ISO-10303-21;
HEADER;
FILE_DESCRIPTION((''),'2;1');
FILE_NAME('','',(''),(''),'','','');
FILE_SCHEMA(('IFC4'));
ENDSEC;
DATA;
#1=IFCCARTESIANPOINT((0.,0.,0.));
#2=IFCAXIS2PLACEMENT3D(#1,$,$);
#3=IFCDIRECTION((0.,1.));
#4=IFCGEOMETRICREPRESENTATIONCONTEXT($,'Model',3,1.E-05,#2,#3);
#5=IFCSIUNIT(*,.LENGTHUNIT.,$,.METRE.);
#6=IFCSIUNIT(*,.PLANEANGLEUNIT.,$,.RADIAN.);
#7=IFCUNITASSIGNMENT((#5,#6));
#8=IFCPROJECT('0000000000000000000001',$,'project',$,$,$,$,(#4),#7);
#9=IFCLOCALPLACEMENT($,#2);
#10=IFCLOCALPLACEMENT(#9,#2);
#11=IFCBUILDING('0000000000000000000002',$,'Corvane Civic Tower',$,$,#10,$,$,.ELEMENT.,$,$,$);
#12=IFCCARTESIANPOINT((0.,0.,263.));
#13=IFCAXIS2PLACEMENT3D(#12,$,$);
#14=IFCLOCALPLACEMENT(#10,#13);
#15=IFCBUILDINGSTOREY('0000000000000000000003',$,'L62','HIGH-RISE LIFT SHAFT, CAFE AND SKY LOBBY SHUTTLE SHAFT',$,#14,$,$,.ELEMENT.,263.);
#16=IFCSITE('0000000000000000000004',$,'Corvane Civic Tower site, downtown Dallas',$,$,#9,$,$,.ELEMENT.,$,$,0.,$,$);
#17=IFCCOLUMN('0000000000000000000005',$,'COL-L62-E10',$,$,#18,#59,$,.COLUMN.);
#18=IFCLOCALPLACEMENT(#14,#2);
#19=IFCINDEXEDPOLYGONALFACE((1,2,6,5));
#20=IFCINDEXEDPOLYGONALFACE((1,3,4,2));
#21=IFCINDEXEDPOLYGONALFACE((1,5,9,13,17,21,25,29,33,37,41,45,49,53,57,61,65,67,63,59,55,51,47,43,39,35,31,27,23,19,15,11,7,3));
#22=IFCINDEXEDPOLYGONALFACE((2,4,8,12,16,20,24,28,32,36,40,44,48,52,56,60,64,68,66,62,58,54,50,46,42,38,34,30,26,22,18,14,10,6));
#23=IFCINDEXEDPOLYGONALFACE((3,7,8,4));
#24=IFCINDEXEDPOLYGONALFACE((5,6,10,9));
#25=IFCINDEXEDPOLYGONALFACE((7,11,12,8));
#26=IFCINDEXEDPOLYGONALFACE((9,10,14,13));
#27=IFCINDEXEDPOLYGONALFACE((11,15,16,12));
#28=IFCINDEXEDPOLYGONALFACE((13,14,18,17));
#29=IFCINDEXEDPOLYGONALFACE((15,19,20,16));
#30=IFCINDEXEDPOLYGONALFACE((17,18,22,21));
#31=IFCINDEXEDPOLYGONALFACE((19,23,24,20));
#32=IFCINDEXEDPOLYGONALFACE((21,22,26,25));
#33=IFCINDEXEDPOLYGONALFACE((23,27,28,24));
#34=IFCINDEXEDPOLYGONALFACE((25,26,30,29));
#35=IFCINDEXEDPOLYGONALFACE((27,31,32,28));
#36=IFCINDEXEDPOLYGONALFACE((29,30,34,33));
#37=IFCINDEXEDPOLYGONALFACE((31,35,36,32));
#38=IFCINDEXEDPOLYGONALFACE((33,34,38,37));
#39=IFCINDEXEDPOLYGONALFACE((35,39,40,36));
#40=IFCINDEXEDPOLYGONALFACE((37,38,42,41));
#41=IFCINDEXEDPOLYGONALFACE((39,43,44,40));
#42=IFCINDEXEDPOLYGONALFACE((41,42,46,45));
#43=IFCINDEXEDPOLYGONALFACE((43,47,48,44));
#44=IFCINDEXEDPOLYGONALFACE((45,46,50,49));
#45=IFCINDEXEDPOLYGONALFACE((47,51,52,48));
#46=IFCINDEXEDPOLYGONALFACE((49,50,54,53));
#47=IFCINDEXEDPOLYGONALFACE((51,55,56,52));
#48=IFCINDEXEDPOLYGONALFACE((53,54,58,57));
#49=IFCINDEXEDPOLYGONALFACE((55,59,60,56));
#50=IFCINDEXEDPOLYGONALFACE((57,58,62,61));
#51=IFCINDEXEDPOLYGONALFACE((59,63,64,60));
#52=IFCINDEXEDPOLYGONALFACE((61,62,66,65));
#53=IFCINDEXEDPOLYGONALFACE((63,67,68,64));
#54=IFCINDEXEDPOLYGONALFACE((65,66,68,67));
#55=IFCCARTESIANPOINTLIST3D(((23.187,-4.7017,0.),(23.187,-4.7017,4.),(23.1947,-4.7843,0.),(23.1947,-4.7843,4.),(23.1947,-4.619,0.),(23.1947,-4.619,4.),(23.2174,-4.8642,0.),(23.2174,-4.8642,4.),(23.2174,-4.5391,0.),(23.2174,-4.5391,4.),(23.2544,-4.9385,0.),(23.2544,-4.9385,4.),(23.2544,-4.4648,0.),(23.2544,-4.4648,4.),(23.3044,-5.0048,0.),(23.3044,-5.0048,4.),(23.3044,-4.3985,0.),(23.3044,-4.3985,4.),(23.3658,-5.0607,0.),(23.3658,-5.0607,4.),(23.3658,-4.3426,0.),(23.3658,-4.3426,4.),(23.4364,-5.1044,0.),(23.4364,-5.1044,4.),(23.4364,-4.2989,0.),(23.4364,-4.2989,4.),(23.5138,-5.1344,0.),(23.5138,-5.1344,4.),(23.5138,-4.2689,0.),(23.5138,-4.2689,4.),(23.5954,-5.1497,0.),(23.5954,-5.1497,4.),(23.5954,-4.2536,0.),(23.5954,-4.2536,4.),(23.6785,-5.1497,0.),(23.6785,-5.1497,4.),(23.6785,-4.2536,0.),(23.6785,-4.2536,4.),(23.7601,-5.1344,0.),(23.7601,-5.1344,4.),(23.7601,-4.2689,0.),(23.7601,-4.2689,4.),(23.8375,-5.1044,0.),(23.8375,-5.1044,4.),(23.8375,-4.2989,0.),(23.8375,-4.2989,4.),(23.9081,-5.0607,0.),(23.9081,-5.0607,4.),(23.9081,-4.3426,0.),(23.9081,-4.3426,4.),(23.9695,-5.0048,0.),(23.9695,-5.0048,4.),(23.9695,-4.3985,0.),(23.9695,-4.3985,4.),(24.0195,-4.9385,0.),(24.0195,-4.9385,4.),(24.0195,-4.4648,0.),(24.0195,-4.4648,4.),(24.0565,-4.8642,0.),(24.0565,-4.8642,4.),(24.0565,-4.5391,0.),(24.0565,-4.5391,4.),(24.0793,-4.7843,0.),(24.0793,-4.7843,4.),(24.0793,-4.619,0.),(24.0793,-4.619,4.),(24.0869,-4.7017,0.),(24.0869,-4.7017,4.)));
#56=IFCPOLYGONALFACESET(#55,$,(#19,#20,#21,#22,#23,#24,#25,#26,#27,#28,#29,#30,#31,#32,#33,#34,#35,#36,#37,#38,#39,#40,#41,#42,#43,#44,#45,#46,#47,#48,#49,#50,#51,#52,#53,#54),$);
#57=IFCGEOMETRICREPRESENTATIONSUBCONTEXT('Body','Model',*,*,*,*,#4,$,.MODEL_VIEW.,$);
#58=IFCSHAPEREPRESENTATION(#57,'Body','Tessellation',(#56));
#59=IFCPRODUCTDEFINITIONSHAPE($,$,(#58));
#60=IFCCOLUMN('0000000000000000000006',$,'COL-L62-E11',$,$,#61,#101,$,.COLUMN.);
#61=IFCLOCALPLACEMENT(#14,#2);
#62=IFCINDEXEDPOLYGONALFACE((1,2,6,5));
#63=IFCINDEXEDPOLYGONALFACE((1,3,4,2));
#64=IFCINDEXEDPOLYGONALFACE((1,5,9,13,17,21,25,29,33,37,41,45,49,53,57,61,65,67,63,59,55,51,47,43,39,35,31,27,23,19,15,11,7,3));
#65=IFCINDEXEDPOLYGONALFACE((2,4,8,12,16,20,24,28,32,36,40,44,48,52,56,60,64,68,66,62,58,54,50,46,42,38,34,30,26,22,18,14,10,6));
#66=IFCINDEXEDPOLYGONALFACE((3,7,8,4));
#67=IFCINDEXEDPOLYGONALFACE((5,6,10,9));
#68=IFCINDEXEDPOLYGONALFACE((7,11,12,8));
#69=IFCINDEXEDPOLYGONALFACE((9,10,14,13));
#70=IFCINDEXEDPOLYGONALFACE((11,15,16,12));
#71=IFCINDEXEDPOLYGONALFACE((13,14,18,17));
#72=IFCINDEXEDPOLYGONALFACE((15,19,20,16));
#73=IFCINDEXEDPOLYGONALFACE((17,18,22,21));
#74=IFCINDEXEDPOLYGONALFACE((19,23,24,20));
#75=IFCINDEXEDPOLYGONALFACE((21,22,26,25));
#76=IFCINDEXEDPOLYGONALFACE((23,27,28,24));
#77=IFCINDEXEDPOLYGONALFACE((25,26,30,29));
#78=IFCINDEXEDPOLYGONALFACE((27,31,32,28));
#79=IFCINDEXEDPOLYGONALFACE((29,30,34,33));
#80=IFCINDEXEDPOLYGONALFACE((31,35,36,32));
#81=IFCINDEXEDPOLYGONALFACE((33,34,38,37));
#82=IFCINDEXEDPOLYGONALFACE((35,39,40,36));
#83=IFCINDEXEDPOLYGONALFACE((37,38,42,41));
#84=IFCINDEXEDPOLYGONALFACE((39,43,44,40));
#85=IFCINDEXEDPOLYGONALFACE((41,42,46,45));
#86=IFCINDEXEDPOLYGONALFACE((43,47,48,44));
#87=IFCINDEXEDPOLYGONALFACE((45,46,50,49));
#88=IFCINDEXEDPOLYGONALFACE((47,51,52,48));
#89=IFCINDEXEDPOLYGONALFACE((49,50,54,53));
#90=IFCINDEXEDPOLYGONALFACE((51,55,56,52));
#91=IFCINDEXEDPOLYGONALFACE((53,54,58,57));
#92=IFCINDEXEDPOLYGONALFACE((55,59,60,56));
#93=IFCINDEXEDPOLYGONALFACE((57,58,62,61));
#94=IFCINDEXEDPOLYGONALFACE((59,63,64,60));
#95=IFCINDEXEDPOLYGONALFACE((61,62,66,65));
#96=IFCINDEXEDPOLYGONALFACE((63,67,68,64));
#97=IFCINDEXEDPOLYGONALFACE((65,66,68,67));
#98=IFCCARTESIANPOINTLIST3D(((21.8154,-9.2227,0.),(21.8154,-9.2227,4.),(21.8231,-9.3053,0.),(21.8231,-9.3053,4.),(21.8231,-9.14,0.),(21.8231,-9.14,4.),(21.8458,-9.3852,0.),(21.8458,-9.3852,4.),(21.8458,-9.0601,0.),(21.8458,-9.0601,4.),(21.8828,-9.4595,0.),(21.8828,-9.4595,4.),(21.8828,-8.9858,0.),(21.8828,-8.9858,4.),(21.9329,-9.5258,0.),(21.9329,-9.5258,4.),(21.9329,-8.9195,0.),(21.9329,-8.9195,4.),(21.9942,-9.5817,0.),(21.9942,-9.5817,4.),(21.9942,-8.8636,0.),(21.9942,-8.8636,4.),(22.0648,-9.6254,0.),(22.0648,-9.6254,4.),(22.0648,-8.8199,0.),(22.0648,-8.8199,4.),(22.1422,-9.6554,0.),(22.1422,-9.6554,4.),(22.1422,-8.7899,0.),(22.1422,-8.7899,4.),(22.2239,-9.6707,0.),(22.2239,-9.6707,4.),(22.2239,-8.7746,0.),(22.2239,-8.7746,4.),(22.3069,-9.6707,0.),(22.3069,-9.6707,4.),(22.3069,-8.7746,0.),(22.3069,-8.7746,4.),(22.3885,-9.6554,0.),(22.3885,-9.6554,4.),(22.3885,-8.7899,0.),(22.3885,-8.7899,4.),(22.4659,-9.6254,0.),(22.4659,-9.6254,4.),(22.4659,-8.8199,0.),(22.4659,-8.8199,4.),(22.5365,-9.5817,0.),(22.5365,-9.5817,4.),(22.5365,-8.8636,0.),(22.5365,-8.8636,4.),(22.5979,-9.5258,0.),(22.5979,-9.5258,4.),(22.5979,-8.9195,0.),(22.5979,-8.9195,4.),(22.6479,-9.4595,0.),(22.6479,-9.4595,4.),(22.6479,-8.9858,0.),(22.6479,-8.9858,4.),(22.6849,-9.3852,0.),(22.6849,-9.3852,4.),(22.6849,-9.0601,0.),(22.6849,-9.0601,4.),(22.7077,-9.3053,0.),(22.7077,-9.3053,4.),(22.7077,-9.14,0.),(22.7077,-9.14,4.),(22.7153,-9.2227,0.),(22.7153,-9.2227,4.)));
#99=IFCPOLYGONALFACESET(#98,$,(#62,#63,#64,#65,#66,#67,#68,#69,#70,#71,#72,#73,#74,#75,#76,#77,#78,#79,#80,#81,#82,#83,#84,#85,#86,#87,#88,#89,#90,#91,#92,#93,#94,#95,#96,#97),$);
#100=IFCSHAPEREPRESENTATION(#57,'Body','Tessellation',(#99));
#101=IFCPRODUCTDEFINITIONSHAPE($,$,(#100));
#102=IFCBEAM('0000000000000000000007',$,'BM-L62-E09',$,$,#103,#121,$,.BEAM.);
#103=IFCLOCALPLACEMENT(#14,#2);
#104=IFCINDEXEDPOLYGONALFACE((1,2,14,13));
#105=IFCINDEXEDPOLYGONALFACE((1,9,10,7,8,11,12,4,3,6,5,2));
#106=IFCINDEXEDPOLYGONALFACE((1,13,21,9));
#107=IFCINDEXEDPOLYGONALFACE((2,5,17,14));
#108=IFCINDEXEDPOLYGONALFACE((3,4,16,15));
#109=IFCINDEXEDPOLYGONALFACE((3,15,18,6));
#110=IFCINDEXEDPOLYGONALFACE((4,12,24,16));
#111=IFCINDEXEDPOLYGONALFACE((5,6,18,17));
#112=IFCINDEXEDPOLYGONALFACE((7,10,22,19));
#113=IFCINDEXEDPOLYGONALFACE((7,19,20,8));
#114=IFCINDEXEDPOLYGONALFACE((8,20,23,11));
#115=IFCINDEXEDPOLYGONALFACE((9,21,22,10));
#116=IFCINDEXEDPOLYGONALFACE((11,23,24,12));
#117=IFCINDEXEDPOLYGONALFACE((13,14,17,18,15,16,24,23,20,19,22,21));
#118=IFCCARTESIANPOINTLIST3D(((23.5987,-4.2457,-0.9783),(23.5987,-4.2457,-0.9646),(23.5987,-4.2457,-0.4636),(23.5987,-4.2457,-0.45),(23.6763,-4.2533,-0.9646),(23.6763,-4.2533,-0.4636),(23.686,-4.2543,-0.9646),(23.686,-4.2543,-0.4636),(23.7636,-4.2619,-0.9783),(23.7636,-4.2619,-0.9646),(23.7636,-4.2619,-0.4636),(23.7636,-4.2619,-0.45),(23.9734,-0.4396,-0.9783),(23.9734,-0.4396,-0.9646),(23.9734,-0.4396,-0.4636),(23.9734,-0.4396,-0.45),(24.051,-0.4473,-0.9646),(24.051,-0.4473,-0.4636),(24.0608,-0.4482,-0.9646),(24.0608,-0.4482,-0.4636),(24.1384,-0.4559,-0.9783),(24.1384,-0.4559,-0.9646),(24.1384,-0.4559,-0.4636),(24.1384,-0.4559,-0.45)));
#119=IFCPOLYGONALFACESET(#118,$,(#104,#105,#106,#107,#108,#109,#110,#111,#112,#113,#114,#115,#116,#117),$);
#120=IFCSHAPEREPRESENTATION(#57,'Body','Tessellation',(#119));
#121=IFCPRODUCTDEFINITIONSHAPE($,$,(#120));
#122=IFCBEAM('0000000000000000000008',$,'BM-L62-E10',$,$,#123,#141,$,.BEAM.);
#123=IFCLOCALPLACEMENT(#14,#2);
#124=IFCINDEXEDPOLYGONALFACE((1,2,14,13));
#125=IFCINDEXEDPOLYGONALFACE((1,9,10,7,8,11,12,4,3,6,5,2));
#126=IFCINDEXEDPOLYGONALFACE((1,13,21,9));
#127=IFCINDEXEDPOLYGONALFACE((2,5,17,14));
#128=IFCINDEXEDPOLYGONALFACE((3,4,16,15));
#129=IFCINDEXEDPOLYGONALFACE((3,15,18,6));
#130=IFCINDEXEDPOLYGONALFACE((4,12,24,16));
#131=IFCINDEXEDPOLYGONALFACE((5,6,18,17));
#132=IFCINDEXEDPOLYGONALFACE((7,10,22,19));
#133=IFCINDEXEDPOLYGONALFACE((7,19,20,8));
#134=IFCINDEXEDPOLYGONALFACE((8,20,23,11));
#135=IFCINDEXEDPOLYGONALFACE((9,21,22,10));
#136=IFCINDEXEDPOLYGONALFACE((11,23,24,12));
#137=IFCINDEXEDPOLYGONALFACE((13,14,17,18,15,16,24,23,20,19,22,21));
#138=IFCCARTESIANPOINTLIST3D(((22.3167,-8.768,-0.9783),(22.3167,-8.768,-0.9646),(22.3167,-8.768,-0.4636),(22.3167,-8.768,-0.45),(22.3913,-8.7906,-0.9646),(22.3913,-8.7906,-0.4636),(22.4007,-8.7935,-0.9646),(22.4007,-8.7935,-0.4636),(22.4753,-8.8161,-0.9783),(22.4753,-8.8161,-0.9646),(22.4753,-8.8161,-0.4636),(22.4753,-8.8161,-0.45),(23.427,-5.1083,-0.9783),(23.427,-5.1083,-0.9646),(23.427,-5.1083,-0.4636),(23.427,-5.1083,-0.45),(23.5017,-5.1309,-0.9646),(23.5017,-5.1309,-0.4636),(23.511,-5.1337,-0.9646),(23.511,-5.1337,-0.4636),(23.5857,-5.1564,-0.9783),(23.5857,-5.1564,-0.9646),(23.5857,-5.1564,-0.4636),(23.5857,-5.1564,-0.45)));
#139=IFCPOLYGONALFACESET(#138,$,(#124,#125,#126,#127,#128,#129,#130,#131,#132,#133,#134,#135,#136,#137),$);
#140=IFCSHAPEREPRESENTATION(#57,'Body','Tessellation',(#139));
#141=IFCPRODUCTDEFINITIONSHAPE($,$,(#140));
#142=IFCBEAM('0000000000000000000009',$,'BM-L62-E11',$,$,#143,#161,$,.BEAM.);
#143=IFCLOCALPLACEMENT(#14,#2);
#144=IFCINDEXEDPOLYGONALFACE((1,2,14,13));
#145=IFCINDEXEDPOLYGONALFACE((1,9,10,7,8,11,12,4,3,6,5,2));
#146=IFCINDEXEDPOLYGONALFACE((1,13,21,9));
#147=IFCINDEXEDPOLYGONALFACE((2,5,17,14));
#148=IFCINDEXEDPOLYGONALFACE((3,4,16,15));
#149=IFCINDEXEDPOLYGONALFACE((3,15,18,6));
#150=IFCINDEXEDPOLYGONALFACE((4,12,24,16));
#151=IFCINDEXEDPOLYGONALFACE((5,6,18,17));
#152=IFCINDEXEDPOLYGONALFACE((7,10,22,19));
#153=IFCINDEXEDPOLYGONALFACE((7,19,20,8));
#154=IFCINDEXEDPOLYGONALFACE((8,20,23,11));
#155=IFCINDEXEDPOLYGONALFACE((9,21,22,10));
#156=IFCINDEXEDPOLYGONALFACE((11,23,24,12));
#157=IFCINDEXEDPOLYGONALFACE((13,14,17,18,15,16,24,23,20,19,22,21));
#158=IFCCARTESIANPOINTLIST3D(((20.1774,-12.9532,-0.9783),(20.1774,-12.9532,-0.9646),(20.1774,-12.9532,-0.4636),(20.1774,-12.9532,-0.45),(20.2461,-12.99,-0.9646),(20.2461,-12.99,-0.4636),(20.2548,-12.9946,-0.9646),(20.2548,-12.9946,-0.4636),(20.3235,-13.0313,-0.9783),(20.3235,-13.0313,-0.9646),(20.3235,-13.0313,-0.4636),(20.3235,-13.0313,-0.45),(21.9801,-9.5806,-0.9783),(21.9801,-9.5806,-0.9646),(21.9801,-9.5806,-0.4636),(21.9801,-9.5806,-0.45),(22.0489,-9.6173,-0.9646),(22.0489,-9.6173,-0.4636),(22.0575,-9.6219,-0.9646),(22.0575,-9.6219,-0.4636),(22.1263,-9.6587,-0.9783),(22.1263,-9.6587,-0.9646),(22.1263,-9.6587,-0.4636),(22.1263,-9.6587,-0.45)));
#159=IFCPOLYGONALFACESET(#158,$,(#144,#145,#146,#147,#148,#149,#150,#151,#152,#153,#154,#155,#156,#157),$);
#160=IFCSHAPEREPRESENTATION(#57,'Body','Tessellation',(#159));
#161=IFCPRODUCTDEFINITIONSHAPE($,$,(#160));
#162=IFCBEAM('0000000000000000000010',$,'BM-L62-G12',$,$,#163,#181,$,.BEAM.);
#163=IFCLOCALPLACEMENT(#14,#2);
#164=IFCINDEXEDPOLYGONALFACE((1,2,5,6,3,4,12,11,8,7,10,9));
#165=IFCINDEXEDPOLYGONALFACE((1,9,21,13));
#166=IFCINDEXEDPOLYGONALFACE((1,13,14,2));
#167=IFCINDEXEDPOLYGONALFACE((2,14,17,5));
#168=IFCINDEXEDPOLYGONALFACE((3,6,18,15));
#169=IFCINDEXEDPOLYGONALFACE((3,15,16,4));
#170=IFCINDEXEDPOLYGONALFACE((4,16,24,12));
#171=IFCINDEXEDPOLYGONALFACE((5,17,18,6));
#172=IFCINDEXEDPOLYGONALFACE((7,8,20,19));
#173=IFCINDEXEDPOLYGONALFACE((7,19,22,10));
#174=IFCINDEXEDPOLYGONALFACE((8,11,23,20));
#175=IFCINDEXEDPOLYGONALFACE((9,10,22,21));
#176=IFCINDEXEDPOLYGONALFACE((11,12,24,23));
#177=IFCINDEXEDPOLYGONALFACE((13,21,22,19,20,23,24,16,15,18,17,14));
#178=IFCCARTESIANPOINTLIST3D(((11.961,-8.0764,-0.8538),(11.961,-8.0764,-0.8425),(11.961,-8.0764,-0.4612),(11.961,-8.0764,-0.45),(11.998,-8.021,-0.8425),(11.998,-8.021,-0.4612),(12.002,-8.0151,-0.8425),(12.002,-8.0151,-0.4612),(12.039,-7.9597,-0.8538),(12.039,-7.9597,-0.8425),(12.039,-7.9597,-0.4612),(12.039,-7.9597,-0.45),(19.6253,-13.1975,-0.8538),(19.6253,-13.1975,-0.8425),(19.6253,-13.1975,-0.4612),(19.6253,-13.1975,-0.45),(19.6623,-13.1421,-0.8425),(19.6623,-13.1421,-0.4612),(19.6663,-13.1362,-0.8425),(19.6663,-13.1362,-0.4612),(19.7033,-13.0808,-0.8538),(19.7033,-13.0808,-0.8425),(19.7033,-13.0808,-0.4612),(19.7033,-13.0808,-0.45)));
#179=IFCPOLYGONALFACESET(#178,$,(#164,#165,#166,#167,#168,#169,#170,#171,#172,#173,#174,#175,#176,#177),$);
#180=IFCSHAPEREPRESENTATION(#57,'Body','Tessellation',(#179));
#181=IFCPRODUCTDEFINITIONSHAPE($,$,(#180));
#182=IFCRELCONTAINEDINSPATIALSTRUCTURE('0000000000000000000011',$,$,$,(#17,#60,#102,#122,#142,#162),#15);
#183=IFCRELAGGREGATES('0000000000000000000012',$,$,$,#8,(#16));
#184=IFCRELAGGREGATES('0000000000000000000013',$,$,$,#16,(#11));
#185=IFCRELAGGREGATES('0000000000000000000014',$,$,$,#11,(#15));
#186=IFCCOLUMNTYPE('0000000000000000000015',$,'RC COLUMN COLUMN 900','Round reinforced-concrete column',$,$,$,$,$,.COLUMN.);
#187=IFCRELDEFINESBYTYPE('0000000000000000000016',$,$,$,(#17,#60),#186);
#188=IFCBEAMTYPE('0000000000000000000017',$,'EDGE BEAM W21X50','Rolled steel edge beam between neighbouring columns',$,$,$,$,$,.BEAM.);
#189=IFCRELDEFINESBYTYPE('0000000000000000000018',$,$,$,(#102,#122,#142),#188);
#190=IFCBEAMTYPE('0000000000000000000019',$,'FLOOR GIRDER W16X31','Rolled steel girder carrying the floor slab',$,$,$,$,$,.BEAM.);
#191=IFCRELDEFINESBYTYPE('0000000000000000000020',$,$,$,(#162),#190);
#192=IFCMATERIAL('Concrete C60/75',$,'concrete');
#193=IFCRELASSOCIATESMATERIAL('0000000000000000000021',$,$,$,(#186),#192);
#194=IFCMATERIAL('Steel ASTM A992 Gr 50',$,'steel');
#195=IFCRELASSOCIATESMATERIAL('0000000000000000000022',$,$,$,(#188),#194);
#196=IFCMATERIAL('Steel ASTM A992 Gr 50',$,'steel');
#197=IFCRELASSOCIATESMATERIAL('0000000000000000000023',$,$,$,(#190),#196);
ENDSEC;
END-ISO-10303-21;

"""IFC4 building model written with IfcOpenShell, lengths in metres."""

from ifc_helpers import new_model, si_unit, direction, frame, origin, origin_2d, place, context, subcontext, project, spatial, circle, i_section, extrude, material, material_profile, profile_set, type_object, element, save


model = new_model("IFC4")

# Units and contexts
model_context = context("Model", 3, precision=1e-05, world=origin(), true_north=direction((0.0, 1.0)))
body_context = subcontext(model_context, "Body", "Model", "MODEL_VIEW")
ifc_project = project(units=[si_unit("LENGTHUNIT", "METRE"), si_unit("PLANEANGLEUNIT", "RADIAN")], contexts=[model_context])

# Site, building, storey
site_placement = place(None, origin())
site = spatial("IfcSite", under=ifc_project, at=site_placement, Name="Corvane Civic Tower site, downtown Dallas", CompositionType="ELEMENT", RefElevation=0.0)
building_placement = place(site_placement, origin())
building = spatial("IfcBuilding", under=site, at=building_placement, Name="Corvane Civic Tower", CompositionType="ELEMENT")
storey_placement = place(building_placement, frame((0.0, 0.0, 263.0)))
storey = spatial("IfcBuildingStorey", under=building, at=storey_placement, Name="L62", Description="HIGH-RISE LIFT SHAFT, CAFE AND SKY LOBBY SHUTTLE SHAFT", CompositionType="ELEMENT", Elevation=263.0)

# Columns
ifc_material_1 = material(Name="Concrete C60/75", Category="concrete")
ifc_material_profile_1 = material_profile(ifc_material_1, circle(Radius=0.45, at=origin_2d()), Name="COLUMN 900")
ifc_profile_set_1 = profile_set([ifc_material_profile_1], Name="Concrete C60/75")
column_type = type_object("IfcColumnType", Name="RC COLUMN COLUMN 900", Description="Round reinforced-concrete column", PredefinedType="COLUMN", material=ifc_profile_set_1)
for number, where, z_axis, x_axis, name in (
    (1, (23.637, -4.7017, 0.0), (0.0, 0.0, 1.0), (1.0, 0.0, 0.0), "COL-L62-E10"),
    (2, (22.2654, -9.2227, 0.0), (0.0, 0.0, 1.0), (1.0, 0.0, 0.0), "COL-L62-E11"),
):
    element("IfcColumn", number, at=place(storey_placement, frame(where, z_axis=z_axis, x_axis=x_axis)), inside=storey, type_object=column_type, Name=name, PredefinedType="COLUMN", context=body_context, shape_type="SweptSolid", body=[
        extrude(circle(Radius=0.45, at=origin_2d()), origin(), (0.0, 0.0, 1.0), 4.0),
    ])

# Beams
ifc_material_2 = material(Name="Steel ASTM A992 Gr 50", Category="steel")
ifc_material_profile_2 = material_profile(ifc_material_2, i_section(OverallWidth=0.1658, OverallDepth=0.5283, WebThickness=0.0098, FlangeThickness=0.0137, at=origin_2d()), Name="W21X50")
ifc_profile_set_2 = profile_set([ifc_material_profile_2], Name="Steel ASTM A992 Gr 50")
beam_type_1 = type_object("IfcBeamType", Name="EDGE BEAM W21X50", Description="Rolled steel edge beam between neighbouring columns", PredefinedType="BEAM", material=ifc_profile_set_2)
for number, where, z_axis, x_axis, name in (
    (3, (24.0559, -0.4478, -0.7141), (-0.097987, -0.995188, 0.0), (0.995188, -0.097987, 0.0), "BM-L62-E09"),
    (4, (23.5063, -5.1323, -0.7141), (-0.290333, -0.956926, 0.0), (0.956926, -0.290333, 0.0), "BM-L62-E10"),
):
    element("IfcBeam", number, at=place(storey_placement, frame(where, z_axis=z_axis, x_axis=x_axis)), inside=storey, type_object=beam_type_1, Name=name, PredefinedType="BEAM", context=body_context, shape_type="SweptSolid", body=[
        extrude(i_section(OverallWidth=0.1658, OverallDepth=0.5283, WebThickness=0.0098, FlangeThickness=0.0137, at=origin_2d()), origin(), (0.0, 0.0, 1.0), 3.8245),
    ])
beam_1_placement = place(storey_placement, frame((22.0532, -9.6196, -0.7141), z_axis=(-0.47141, -0.881914, 0.0), x_axis=(0.881914, -0.47141, 0.0)))
element("IfcBeam", 5, at=beam_1_placement, inside=storey, type_object=beam_type_1, Name="BM-L62-E11", PredefinedType="BEAM", context=body_context, shape_type="SweptSolid", body=[
    extrude(i_section(OverallWidth=0.1658, OverallDepth=0.5283, WebThickness=0.0098, FlangeThickness=0.0137, at=origin_2d()), origin(), (0.0, 0.0, 1.0), 3.8242),
])
ifc_material_3 = material(Name="Steel ASTM A992 Gr 50", Category="steel")
ifc_material_profile_3 = material_profile(ifc_material_3, i_section(OverallWidth=0.1404, OverallDepth=0.4038, WebThickness=0.0071, FlangeThickness=0.0112, at=origin_2d()), Name="W16X31")
ifc_profile_set_3 = profile_set([ifc_material_profile_3], Name="Steel ASTM A992 Gr 50")
beam_type_2 = type_object("IfcBeamType", Name="FLOOR GIRDER W16X31", Description="Rolled steel girder carrying the floor slab", PredefinedType="BEAM", material=ifc_profile_set_3)
beam_2_placement = place(storey_placement, frame((12.0, -8.0181, -0.6519), z_axis=(0.831471, -0.555568, 0.0), x_axis=(0.555568, 0.831471, 0.0)))
element("IfcBeam", 6, at=beam_2_placement, inside=storey, type_object=beam_type_2, Name="BM-L62-G12", PredefinedType="BEAM", context=body_context, shape_type="SweptSolid", body=[
    extrude(i_section(OverallWidth=0.1404, OverallDepth=0.4038, WebThickness=0.0071, FlangeThickness=0.0112, at=origin_2d()), origin(), (0.0, 0.0, 1.0), 9.2178),
])

save(model, "model.ifc")
